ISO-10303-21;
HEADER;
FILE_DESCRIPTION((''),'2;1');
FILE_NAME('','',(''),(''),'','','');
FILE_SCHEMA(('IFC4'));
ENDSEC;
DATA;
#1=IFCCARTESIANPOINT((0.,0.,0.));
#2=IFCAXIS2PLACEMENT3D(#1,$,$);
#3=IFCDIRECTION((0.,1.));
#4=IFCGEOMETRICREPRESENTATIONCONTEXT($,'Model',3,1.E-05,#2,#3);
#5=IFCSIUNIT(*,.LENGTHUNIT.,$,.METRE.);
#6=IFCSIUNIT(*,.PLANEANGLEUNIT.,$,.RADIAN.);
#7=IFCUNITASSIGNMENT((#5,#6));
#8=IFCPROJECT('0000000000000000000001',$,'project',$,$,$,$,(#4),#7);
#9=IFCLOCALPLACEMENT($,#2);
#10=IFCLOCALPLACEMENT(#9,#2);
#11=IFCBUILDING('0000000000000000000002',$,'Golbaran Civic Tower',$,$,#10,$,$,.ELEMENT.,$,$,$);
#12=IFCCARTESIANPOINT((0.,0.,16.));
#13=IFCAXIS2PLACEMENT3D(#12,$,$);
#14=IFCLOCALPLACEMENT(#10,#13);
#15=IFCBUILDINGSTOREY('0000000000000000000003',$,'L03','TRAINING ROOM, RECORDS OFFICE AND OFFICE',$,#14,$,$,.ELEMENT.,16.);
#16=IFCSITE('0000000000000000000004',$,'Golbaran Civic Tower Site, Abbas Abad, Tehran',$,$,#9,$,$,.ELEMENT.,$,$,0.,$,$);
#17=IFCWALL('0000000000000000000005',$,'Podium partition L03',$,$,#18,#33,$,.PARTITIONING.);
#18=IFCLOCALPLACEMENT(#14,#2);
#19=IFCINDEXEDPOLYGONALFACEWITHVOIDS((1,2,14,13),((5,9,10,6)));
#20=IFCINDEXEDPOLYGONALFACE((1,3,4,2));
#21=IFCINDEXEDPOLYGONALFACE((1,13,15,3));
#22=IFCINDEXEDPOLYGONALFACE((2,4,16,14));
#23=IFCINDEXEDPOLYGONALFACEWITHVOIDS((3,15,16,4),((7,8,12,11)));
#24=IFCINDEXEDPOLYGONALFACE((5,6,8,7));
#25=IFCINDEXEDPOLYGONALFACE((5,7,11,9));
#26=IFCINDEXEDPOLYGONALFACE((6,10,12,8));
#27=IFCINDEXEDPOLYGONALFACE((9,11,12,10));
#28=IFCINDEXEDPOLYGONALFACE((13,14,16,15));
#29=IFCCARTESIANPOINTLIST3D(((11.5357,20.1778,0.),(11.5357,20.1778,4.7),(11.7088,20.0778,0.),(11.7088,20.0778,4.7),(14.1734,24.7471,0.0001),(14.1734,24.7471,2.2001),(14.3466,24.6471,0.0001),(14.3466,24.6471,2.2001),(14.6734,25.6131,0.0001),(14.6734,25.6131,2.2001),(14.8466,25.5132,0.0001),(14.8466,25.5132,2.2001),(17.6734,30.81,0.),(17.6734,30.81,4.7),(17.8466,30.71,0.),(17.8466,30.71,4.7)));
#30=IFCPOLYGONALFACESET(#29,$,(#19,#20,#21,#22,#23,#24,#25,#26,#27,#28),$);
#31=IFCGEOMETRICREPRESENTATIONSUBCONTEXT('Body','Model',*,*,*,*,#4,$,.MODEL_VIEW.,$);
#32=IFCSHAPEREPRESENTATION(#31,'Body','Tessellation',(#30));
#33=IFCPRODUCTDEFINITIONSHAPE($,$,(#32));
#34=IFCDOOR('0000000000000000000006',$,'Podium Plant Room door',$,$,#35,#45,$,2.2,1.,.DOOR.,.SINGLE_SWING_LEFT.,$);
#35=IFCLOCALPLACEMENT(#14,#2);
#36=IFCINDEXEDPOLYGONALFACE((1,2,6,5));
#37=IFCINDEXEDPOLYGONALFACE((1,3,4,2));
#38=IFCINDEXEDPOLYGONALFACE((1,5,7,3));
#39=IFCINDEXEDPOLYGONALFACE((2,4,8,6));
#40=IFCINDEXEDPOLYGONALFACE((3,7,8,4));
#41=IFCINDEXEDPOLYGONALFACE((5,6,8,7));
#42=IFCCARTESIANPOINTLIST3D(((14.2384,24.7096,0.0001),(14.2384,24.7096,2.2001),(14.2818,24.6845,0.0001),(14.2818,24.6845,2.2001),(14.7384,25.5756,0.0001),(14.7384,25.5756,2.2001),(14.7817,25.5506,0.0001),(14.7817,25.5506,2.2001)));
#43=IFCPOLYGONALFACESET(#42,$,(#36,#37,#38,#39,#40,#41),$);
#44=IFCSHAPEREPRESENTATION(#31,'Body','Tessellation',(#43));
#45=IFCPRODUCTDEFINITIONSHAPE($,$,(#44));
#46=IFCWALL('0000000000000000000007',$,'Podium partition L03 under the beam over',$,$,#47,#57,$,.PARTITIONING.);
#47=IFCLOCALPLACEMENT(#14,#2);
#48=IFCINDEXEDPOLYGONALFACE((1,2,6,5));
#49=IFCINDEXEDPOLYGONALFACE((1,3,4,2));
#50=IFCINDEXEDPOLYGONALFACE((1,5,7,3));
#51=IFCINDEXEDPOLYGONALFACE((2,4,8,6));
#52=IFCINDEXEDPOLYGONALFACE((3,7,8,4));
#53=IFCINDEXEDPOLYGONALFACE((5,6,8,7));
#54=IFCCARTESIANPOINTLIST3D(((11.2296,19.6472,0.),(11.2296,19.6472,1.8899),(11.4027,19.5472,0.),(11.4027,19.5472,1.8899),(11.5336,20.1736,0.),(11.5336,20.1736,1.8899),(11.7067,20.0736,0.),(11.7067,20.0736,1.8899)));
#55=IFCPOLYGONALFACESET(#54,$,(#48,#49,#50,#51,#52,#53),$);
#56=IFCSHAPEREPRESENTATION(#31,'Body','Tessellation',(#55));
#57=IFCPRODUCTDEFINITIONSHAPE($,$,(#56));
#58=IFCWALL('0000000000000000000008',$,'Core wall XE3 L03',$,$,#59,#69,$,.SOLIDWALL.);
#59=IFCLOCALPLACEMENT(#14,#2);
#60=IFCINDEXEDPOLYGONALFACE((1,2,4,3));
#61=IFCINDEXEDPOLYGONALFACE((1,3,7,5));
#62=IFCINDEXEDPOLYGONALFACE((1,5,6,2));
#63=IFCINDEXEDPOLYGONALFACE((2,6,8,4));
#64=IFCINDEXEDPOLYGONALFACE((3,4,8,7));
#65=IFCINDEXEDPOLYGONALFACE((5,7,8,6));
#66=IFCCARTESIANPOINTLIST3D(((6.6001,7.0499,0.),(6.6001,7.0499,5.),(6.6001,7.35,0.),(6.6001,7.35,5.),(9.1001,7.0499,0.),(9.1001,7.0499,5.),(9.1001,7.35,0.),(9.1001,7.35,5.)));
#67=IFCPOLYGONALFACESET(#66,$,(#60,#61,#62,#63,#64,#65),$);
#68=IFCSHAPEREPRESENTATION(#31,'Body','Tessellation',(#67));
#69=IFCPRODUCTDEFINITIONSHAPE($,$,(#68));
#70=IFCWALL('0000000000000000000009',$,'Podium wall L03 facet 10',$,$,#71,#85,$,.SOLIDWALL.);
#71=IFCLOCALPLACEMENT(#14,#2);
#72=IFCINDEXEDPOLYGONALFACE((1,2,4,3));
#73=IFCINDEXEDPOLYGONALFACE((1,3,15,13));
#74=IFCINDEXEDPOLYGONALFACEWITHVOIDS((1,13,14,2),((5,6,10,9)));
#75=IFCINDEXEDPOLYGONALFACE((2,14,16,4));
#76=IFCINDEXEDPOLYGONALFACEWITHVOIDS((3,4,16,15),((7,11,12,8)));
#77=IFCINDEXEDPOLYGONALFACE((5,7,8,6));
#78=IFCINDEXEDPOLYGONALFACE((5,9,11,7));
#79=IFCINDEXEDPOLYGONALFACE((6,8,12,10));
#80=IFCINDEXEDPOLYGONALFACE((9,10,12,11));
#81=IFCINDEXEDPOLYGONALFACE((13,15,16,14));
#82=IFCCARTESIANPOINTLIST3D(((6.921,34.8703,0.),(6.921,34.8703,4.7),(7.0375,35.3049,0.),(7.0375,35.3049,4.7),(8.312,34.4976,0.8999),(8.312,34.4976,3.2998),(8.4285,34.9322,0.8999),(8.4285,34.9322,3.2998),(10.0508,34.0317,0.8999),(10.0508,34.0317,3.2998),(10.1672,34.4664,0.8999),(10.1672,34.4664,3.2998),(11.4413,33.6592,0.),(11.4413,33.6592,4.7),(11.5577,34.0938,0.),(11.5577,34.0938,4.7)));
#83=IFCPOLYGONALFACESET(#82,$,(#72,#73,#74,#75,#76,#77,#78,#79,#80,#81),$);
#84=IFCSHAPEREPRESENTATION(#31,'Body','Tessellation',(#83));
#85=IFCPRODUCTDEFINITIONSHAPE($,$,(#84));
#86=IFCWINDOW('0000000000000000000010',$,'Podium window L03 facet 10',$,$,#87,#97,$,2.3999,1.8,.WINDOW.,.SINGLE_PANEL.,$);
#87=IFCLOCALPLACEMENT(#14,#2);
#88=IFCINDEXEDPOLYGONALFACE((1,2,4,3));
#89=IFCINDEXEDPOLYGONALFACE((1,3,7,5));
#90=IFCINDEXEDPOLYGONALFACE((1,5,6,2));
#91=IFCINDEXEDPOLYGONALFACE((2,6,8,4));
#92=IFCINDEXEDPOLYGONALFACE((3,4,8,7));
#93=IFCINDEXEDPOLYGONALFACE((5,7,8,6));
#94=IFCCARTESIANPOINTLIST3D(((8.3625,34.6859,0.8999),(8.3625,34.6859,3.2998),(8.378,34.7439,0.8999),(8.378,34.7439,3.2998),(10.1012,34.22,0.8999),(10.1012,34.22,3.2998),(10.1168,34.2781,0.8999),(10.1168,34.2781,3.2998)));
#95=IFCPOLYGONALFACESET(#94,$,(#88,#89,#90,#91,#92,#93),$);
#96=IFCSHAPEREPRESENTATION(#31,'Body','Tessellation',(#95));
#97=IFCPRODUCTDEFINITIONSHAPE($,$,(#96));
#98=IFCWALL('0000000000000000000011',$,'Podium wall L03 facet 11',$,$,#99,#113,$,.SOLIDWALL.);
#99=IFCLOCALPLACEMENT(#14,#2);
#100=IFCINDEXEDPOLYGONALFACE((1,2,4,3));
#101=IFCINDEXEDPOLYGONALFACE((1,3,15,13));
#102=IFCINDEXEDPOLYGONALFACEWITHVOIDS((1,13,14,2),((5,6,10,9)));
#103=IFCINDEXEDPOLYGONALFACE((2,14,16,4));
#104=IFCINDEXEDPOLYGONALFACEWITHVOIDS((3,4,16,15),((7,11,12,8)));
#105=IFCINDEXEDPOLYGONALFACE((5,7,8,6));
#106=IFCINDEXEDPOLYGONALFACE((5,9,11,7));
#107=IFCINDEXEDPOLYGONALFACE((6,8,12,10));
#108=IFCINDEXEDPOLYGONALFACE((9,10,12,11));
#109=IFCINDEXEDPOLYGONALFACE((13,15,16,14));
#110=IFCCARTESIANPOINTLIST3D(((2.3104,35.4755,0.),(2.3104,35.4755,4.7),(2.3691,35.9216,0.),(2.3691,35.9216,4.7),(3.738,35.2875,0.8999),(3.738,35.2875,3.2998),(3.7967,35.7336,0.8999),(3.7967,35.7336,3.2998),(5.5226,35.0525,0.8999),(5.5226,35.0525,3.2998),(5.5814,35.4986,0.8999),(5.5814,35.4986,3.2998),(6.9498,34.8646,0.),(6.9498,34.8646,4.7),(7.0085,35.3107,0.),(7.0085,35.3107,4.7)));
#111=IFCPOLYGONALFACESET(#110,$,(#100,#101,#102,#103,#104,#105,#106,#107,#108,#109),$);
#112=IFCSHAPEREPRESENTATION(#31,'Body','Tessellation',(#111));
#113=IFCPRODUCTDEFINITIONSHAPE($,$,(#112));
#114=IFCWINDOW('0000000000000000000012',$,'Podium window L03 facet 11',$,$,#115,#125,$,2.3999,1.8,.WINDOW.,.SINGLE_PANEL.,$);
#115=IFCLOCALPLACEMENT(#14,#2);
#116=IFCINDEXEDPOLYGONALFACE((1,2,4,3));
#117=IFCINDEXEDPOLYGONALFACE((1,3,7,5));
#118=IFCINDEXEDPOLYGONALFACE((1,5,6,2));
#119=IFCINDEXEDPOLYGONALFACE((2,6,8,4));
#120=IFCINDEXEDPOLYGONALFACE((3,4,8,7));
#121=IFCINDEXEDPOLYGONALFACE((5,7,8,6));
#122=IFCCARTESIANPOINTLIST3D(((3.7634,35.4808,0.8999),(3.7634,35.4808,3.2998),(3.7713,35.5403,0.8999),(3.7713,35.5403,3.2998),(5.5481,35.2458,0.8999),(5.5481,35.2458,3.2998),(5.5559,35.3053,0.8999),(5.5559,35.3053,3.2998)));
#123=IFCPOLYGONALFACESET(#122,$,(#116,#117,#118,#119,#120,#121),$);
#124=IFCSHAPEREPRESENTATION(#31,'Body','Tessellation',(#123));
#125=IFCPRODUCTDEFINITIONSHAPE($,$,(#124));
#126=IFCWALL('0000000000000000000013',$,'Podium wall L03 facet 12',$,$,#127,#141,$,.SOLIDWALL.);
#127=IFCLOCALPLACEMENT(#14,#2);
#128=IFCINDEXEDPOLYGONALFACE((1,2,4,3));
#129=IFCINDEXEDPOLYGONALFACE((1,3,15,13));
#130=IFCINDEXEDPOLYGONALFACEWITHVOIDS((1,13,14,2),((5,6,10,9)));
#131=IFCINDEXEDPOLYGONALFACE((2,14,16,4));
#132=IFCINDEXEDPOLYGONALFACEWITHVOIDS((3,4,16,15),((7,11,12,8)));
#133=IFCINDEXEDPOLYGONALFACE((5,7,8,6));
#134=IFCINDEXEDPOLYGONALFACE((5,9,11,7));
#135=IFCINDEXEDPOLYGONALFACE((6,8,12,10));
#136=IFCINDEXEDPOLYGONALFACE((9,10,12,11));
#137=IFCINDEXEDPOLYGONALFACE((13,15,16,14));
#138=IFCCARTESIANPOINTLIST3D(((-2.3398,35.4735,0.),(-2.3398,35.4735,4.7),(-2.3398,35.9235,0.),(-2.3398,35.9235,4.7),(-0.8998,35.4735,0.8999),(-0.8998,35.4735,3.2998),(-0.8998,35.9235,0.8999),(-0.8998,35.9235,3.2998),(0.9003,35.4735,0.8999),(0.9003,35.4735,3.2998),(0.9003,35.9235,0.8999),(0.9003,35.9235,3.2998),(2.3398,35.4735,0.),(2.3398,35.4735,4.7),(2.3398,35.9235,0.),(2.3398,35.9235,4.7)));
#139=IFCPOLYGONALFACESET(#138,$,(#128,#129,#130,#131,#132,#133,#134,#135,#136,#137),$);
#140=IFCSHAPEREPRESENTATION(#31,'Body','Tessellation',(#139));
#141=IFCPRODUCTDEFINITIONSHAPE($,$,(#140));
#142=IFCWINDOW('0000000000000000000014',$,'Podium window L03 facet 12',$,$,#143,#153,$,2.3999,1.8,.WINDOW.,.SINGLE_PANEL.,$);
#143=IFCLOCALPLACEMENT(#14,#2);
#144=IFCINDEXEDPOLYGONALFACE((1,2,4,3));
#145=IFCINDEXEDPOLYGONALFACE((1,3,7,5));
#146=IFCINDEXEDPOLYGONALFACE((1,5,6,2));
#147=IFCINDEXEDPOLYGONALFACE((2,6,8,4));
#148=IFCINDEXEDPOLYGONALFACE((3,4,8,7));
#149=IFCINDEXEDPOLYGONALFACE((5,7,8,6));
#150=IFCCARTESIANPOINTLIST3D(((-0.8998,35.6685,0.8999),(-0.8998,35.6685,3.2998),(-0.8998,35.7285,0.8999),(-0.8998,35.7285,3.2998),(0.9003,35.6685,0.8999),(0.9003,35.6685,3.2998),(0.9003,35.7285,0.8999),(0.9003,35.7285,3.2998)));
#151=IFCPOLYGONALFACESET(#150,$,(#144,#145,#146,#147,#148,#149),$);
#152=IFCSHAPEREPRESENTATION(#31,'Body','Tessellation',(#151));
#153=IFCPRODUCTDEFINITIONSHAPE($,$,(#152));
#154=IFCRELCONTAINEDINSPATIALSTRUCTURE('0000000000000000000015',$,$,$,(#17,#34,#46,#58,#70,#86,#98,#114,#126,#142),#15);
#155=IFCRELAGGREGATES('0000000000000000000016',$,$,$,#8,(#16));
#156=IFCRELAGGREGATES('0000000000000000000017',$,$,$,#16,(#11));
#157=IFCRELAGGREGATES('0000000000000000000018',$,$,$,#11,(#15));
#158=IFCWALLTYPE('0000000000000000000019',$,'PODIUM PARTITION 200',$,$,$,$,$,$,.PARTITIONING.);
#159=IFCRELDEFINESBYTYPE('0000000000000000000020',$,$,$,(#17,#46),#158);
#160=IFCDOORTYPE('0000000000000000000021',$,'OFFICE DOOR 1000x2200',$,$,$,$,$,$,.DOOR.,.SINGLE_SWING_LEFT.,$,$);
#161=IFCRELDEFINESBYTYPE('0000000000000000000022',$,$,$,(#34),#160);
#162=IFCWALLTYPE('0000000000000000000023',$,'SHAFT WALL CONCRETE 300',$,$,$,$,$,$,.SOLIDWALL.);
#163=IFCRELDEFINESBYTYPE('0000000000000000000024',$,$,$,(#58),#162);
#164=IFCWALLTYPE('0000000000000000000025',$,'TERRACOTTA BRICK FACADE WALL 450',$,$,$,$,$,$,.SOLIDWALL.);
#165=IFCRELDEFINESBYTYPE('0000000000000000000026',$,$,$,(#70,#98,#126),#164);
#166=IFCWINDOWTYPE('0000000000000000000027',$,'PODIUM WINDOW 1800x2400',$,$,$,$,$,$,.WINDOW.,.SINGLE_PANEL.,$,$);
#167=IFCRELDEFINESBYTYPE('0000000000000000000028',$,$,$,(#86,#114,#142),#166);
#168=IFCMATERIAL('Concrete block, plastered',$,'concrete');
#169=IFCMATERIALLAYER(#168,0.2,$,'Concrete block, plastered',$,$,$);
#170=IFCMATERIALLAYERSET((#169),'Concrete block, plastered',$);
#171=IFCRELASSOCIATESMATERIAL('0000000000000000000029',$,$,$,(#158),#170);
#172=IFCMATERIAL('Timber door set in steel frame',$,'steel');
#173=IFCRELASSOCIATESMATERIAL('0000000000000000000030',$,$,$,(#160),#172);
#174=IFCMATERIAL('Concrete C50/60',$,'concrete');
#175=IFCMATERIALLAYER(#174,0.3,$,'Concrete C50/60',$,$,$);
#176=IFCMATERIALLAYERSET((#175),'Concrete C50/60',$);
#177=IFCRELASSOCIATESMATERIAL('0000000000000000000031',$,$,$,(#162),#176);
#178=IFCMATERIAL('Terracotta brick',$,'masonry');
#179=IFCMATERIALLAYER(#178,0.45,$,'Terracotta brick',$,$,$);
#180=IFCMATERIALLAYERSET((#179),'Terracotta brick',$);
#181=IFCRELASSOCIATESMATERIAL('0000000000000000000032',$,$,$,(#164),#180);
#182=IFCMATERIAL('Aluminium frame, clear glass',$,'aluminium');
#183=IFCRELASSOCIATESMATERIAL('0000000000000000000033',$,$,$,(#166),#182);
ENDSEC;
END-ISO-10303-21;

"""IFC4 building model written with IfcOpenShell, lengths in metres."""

from ifc_helpers import new_model, si_unit, direction, frame, frame_2d, origin, place, context, subcontext, project, spatial, rectangle, extrude, material, layer, layer_set, type_object, element, fill, save


model = new_model("IFC4")

# Units and contexts
model_context = context("Model", 3, precision=1e-05, world=origin(), true_north=direction((0.0, 1.0)))
body_context = subcontext(model_context, "Body", "Model", "MODEL_VIEW")
ifc_project = project(units=[si_unit("LENGTHUNIT", "METRE"), si_unit("PLANEANGLEUNIT", "RADIAN")], contexts=[model_context])

# Site, building, storey
site_placement = place(None, origin())
site = spatial("IfcSite", under=ifc_project, at=site_placement, Name="Golbaran Civic Tower Site, Abbas Abad, Tehran", CompositionType="ELEMENT", RefElevation=0.0)
building_placement = place(site_placement, origin())
building = spatial("IfcBuilding", under=site, at=building_placement, Name="Golbaran Civic Tower", CompositionType="ELEMENT")
storey_placement = place(building_placement, frame((0.0, 0.0, 16.0)))
storey = spatial("IfcBuildingStorey", under=building, at=storey_placement, Name="L03", Description="TRAINING ROOM, RECORDS OFFICE AND OFFICE", CompositionType="ELEMENT", Elevation=16.0)

# Shared definitions
ifc_material_1 = material(Name="Concrete C50/60", Category="concrete")

# Shared definitions
ifc_material_2 = material(Name="Timber door set in steel frame", Category="steel")

# Shared definitions
ifc_material_3 = material(Name="Concrete block, plastered", Category="concrete")
ifc_layer_1 = layer(ifc_material_3, 0.2, Name="Concrete block, plastered")
ifc_layer_set_1 = layer_set([ifc_layer_1], Name="Concrete block, plastered")
wall_type_1 = type_object("IfcWallType", Name="PODIUM PARTITION 200", PredefinedType="PARTITIONING", material=ifc_layer_set_1)

# Wall, opening, door
wall_1_placement = place(storey_placement, frame((11.6223, 20.1279, 0.0), z_axis=(0.0, 0.0, 1.0), x_axis=(0.499955, 0.866051, 0.0)))
wall_1 = element("IfcWall", 1, at=wall_1_placement, inside=storey, type_object=wall_type_1, Name="Podium partition L03", PredefinedType="PARTITIONING", context=body_context, shape_type="SweptSolid", body=[
    extrude(rectangle(XDim=12.2766, YDim=0.2, at=frame_2d((6.1382, 0.0))), origin(), (0.0, 0.0, 1.0), 4.7),
])
opening_1_placement = place(wall_1_placement, frame((5.2759, 0.0, 0.0)))
opening_1 = element("IfcOpeningElement", 2, at=opening_1_placement, cuts=wall_1, PredefinedType="OPENING", context=body_context, shape_type="SweptSolid", body=[
    extrude(rectangle(XDim=1.0, YDim=2.2, at=frame_2d((0.5, 1.1001))), frame((0.0, 0.1099, 0.0), z_axis=(0.0, -1.0, 0.0), x_axis=(1.0, 0.0, 0.0)), (0.0, 0.0, 1.0), 0.22),
])
door_type_1 = type_object("IfcDoorType", Name="OFFICE DOOR 1000x2200", OperationType="SINGLE_SWING_LEFT", PredefinedType="DOOR", material=ifc_material_2)
door_1_placement = place(opening_1_placement, origin())
door_1 = element("IfcDoor", 3, at=door_1_placement, inside=storey, type_object=door_type_1, Name="Podium Plant Room door", OperationType="SINGLE_SWING_LEFT", OverallHeight=2.2, OverallWidth=1.0, PredefinedType="DOOR", context=body_context, shape_type="SweptSolid", body=[
    extrude(rectangle(XDim=1.0, YDim=2.2, at=frame_2d((0.5, 1.1001))), frame((0.0, 0.0249, 0.0), z_axis=(0.0, -1.0, 0.0), x_axis=(1.0, 0.0, 0.0)), (0.0, 0.0, 1.0), 0.05),
])
fill(opening_1, door_1)

# Walls
wall_2_placement = place(storey_placement, frame((11.3162, 19.5972, 0.0), z_axis=(0.0, 0.0, 1.0), x_axis=(0.50007, 0.865985, 0.0)))
element("IfcWall", 4, at=wall_2_placement, inside=storey, type_object=wall_type_1, Name="Podium partition L03 under the beam over", PredefinedType="PARTITIONING", context=body_context, shape_type="SweptSolid", body=[
    extrude(rectangle(XDim=0.6079, YDim=0.2, at=frame_2d((0.304, 0.0))), origin(), (0.0, 0.0, 1.0), 1.8899),
])
ifc_layer_2 = layer(ifc_material_1, 0.3, Name="Concrete C50/60")
ifc_layer_set_2 = layer_set([ifc_layer_2], Name="Concrete C50/60")
wall_type_2 = type_object("IfcWallType", Name="SHAFT WALL CONCRETE 300", PredefinedType="SOLIDWALL", material=ifc_layer_set_2)
wall_3_placement = place(storey_placement, frame((6.6001, 7.2, 0.0), z_axis=(0.0, 0.0, 1.0), x_axis=(1.0, 0.0, 0.0)))
element("IfcWall", 5, at=wall_3_placement, inside=storey, type_object=wall_type_2, Name="Core wall XE3 L03", PredefinedType="SOLIDWALL", context=body_context, shape_type="SweptSolid", body=[
    extrude(rectangle(XDim=2.5, YDim=0.3, at=frame_2d((1.25, 0.0))), origin(), (0.0, 0.0, 1.0), 5.0),
])

# Walls, openings, windows
ifc_material_4 = material(Name="Terracotta brick", Category="masonry")
ifc_layer_3 = layer(ifc_material_4, 0.45, Name="Terracotta brick")
ifc_layer_set_3 = layer_set([ifc_layer_3], Name="Terracotta brick")
wall_type_3 = type_object("IfcWallType", Name="TERRACOTTA BRICK FACADE WALL 450", PredefinedType="SOLIDWALL", material=ifc_layer_set_3)
wall_4_placement = place(storey_placement, frame((11.4995, 33.8765, 0.0), z_axis=(0.0, 0.0, 1.0), x_axis=(-0.965927, 0.258815, 0.0)))
wall_4 = element("IfcWall", 6, at=wall_4_placement, inside=storey, type_object=wall_type_3, Name="Podium wall L03 facet 10", PredefinedType="SOLIDWALL", context=body_context, shape_type="SweptSolid", body=[
    extrude(rectangle(XDim=4.6797, YDim=0.45, at=frame_2d((2.3398, 0.0))), origin(), (0.0, 0.0, 1.0), 4.7),
])
opening_2_placement = place(wall_4_placement, frame((1.4397, 0.0, 0.8999)))
opening_2 = element("IfcOpeningElement", 7, at=opening_2_placement, cuts=wall_4, PredefinedType="OPENING", context=body_context, shape_type="SweptSolid", body=[
    extrude(rectangle(XDim=1.8, YDim=2.3999, at=frame_2d((0.8999, 1.2))), frame((0.0, 0.2349, 0.0), z_axis=(0.0, -1.0, 0.0), x_axis=(1.0, 0.0, 0.0)), (0.0, 0.0, 1.0), 0.47),
])
ifc_material_5 = material(Name="Aluminium frame, clear glass", Category="aluminium")
window_type = type_object("IfcWindowType", Name="PODIUM WINDOW 1800x2400", PartitioningType="SINGLE_PANEL", PredefinedType="WINDOW", material=ifc_material_5)
window_1_placement = place(opening_2_placement, origin())
window_1 = element("IfcWindow", 8, at=window_1_placement, inside=storey, type_object=window_type, Name="Podium window L03 facet 10", OverallHeight=2.3999, OverallWidth=1.8, PartitioningType="SINGLE_PANEL", PredefinedType="WINDOW", context=body_context, shape_type="SweptSolid", body=[
    extrude(rectangle(XDim=1.8, YDim=2.3999, at=frame_2d((0.8999, 1.2))), frame((0.0, 0.03, 0.0), z_axis=(0.0, -1.0, 0.0), x_axis=(1.0, 0.0, 0.0)), (0.0, 0.0, 1.0), 0.0601),
])
fill(opening_2, window_1)
wall_5_placement = place(storey_placement, frame((6.9792, 35.0876, 0.0), z_axis=(0.0, 0.0, 1.0), x_axis=(-0.991443, 0.130537, 0.0)))
wall_5 = element("IfcWall", 9, at=wall_5_placement, inside=storey, type_object=wall_type_3, Name="Podium wall L03 facet 11", PredefinedType="SOLIDWALL", context=body_context, shape_type="SweptSolid", body=[
    extrude(rectangle(XDim=4.6794, YDim=0.45, at=frame_2d((2.3398, 0.0))), origin(), (0.0, 0.0, 1.0), 4.7),
])
opening_3_placement = place(wall_5_placement, frame((1.4397, 0.0, 0.8999)))
opening_3 = element("IfcOpeningElement", 10, at=opening_3_placement, cuts=wall_5, PredefinedType="OPENING", context=body_context, shape_type="SweptSolid", body=[
    extrude(rectangle(XDim=1.8, YDim=2.3999, at=frame_2d((0.8999, 1.2))), frame((0.0, 0.2349, 0.0), z_axis=(0.0, -1.0, 0.0), x_axis=(1.0, 0.0, 0.0)), (0.0, 0.0, 1.0), 0.47),
])
window_2_placement = place(opening_3_placement, origin())
window_2 = element("IfcWindow", 11, at=window_2_placement, inside=storey, type_object=window_type, Name="Podium window L03 facet 11", OverallHeight=2.3999, OverallWidth=1.8, PartitioningType="SINGLE_PANEL", PredefinedType="WINDOW", context=body_context, shape_type="SweptSolid", body=[
    extrude(rectangle(XDim=1.8, YDim=2.3999, at=frame_2d((0.8999, 1.2))), frame((0.0, 0.03, 0.0), z_axis=(0.0, -1.0, 0.0), x_axis=(1.0, 0.0, 0.0)), (0.0, 0.0, 1.0), 0.0601),
])
fill(opening_3, window_2)
wall_6_placement = place(storey_placement, frame((2.3398, 35.6985, 0.0), z_axis=(0.0, 0.0, 1.0), x_axis=(-1.0, 0.0, 0.0)))
wall_6 = element("IfcWall", 12, at=wall_6_placement, inside=storey, type_object=wall_type_3, Name="Podium wall L03 facet 12", PredefinedType="SOLIDWALL", context=body_context, shape_type="SweptSolid", body=[
    extrude(rectangle(XDim=4.6797, YDim=0.45, at=frame_2d((2.3398, 0.0))), origin(), (0.0, 0.0, 1.0), 4.7),
])
opening_4_placement = place(wall_6_placement, frame((1.4397, 0.0, 0.8999)))
opening_4 = element("IfcOpeningElement", 13, at=opening_4_placement, cuts=wall_6, PredefinedType="OPENING", context=body_context, shape_type="SweptSolid", body=[
    extrude(rectangle(XDim=1.8, YDim=2.3999, at=frame_2d((0.8999, 1.2))), frame((0.0, 0.2349, 0.0), z_axis=(0.0, -1.0, 0.0), x_axis=(1.0, 0.0, 0.0)), (0.0, 0.0, 1.0), 0.47),
])
window_3_placement = place(opening_4_placement, origin())
window_3 = element("IfcWindow", 14, at=window_3_placement, inside=storey, type_object=window_type, Name="Podium window L03 facet 12", OverallHeight=2.3999, OverallWidth=1.8, PartitioningType="SINGLE_PANEL", PredefinedType="WINDOW", context=body_context, shape_type="SweptSolid", body=[
    extrude(rectangle(XDim=1.8, YDim=2.3999, at=frame_2d((0.8999, 1.2))), frame((0.0, 0.03, 0.0), z_axis=(0.0, -1.0, 0.0), x_axis=(1.0, 0.0, 0.0)), (0.0, 0.0, 1.0), 0.0601),
])
fill(opening_4, window_3)

save(model, "model.ifc")
